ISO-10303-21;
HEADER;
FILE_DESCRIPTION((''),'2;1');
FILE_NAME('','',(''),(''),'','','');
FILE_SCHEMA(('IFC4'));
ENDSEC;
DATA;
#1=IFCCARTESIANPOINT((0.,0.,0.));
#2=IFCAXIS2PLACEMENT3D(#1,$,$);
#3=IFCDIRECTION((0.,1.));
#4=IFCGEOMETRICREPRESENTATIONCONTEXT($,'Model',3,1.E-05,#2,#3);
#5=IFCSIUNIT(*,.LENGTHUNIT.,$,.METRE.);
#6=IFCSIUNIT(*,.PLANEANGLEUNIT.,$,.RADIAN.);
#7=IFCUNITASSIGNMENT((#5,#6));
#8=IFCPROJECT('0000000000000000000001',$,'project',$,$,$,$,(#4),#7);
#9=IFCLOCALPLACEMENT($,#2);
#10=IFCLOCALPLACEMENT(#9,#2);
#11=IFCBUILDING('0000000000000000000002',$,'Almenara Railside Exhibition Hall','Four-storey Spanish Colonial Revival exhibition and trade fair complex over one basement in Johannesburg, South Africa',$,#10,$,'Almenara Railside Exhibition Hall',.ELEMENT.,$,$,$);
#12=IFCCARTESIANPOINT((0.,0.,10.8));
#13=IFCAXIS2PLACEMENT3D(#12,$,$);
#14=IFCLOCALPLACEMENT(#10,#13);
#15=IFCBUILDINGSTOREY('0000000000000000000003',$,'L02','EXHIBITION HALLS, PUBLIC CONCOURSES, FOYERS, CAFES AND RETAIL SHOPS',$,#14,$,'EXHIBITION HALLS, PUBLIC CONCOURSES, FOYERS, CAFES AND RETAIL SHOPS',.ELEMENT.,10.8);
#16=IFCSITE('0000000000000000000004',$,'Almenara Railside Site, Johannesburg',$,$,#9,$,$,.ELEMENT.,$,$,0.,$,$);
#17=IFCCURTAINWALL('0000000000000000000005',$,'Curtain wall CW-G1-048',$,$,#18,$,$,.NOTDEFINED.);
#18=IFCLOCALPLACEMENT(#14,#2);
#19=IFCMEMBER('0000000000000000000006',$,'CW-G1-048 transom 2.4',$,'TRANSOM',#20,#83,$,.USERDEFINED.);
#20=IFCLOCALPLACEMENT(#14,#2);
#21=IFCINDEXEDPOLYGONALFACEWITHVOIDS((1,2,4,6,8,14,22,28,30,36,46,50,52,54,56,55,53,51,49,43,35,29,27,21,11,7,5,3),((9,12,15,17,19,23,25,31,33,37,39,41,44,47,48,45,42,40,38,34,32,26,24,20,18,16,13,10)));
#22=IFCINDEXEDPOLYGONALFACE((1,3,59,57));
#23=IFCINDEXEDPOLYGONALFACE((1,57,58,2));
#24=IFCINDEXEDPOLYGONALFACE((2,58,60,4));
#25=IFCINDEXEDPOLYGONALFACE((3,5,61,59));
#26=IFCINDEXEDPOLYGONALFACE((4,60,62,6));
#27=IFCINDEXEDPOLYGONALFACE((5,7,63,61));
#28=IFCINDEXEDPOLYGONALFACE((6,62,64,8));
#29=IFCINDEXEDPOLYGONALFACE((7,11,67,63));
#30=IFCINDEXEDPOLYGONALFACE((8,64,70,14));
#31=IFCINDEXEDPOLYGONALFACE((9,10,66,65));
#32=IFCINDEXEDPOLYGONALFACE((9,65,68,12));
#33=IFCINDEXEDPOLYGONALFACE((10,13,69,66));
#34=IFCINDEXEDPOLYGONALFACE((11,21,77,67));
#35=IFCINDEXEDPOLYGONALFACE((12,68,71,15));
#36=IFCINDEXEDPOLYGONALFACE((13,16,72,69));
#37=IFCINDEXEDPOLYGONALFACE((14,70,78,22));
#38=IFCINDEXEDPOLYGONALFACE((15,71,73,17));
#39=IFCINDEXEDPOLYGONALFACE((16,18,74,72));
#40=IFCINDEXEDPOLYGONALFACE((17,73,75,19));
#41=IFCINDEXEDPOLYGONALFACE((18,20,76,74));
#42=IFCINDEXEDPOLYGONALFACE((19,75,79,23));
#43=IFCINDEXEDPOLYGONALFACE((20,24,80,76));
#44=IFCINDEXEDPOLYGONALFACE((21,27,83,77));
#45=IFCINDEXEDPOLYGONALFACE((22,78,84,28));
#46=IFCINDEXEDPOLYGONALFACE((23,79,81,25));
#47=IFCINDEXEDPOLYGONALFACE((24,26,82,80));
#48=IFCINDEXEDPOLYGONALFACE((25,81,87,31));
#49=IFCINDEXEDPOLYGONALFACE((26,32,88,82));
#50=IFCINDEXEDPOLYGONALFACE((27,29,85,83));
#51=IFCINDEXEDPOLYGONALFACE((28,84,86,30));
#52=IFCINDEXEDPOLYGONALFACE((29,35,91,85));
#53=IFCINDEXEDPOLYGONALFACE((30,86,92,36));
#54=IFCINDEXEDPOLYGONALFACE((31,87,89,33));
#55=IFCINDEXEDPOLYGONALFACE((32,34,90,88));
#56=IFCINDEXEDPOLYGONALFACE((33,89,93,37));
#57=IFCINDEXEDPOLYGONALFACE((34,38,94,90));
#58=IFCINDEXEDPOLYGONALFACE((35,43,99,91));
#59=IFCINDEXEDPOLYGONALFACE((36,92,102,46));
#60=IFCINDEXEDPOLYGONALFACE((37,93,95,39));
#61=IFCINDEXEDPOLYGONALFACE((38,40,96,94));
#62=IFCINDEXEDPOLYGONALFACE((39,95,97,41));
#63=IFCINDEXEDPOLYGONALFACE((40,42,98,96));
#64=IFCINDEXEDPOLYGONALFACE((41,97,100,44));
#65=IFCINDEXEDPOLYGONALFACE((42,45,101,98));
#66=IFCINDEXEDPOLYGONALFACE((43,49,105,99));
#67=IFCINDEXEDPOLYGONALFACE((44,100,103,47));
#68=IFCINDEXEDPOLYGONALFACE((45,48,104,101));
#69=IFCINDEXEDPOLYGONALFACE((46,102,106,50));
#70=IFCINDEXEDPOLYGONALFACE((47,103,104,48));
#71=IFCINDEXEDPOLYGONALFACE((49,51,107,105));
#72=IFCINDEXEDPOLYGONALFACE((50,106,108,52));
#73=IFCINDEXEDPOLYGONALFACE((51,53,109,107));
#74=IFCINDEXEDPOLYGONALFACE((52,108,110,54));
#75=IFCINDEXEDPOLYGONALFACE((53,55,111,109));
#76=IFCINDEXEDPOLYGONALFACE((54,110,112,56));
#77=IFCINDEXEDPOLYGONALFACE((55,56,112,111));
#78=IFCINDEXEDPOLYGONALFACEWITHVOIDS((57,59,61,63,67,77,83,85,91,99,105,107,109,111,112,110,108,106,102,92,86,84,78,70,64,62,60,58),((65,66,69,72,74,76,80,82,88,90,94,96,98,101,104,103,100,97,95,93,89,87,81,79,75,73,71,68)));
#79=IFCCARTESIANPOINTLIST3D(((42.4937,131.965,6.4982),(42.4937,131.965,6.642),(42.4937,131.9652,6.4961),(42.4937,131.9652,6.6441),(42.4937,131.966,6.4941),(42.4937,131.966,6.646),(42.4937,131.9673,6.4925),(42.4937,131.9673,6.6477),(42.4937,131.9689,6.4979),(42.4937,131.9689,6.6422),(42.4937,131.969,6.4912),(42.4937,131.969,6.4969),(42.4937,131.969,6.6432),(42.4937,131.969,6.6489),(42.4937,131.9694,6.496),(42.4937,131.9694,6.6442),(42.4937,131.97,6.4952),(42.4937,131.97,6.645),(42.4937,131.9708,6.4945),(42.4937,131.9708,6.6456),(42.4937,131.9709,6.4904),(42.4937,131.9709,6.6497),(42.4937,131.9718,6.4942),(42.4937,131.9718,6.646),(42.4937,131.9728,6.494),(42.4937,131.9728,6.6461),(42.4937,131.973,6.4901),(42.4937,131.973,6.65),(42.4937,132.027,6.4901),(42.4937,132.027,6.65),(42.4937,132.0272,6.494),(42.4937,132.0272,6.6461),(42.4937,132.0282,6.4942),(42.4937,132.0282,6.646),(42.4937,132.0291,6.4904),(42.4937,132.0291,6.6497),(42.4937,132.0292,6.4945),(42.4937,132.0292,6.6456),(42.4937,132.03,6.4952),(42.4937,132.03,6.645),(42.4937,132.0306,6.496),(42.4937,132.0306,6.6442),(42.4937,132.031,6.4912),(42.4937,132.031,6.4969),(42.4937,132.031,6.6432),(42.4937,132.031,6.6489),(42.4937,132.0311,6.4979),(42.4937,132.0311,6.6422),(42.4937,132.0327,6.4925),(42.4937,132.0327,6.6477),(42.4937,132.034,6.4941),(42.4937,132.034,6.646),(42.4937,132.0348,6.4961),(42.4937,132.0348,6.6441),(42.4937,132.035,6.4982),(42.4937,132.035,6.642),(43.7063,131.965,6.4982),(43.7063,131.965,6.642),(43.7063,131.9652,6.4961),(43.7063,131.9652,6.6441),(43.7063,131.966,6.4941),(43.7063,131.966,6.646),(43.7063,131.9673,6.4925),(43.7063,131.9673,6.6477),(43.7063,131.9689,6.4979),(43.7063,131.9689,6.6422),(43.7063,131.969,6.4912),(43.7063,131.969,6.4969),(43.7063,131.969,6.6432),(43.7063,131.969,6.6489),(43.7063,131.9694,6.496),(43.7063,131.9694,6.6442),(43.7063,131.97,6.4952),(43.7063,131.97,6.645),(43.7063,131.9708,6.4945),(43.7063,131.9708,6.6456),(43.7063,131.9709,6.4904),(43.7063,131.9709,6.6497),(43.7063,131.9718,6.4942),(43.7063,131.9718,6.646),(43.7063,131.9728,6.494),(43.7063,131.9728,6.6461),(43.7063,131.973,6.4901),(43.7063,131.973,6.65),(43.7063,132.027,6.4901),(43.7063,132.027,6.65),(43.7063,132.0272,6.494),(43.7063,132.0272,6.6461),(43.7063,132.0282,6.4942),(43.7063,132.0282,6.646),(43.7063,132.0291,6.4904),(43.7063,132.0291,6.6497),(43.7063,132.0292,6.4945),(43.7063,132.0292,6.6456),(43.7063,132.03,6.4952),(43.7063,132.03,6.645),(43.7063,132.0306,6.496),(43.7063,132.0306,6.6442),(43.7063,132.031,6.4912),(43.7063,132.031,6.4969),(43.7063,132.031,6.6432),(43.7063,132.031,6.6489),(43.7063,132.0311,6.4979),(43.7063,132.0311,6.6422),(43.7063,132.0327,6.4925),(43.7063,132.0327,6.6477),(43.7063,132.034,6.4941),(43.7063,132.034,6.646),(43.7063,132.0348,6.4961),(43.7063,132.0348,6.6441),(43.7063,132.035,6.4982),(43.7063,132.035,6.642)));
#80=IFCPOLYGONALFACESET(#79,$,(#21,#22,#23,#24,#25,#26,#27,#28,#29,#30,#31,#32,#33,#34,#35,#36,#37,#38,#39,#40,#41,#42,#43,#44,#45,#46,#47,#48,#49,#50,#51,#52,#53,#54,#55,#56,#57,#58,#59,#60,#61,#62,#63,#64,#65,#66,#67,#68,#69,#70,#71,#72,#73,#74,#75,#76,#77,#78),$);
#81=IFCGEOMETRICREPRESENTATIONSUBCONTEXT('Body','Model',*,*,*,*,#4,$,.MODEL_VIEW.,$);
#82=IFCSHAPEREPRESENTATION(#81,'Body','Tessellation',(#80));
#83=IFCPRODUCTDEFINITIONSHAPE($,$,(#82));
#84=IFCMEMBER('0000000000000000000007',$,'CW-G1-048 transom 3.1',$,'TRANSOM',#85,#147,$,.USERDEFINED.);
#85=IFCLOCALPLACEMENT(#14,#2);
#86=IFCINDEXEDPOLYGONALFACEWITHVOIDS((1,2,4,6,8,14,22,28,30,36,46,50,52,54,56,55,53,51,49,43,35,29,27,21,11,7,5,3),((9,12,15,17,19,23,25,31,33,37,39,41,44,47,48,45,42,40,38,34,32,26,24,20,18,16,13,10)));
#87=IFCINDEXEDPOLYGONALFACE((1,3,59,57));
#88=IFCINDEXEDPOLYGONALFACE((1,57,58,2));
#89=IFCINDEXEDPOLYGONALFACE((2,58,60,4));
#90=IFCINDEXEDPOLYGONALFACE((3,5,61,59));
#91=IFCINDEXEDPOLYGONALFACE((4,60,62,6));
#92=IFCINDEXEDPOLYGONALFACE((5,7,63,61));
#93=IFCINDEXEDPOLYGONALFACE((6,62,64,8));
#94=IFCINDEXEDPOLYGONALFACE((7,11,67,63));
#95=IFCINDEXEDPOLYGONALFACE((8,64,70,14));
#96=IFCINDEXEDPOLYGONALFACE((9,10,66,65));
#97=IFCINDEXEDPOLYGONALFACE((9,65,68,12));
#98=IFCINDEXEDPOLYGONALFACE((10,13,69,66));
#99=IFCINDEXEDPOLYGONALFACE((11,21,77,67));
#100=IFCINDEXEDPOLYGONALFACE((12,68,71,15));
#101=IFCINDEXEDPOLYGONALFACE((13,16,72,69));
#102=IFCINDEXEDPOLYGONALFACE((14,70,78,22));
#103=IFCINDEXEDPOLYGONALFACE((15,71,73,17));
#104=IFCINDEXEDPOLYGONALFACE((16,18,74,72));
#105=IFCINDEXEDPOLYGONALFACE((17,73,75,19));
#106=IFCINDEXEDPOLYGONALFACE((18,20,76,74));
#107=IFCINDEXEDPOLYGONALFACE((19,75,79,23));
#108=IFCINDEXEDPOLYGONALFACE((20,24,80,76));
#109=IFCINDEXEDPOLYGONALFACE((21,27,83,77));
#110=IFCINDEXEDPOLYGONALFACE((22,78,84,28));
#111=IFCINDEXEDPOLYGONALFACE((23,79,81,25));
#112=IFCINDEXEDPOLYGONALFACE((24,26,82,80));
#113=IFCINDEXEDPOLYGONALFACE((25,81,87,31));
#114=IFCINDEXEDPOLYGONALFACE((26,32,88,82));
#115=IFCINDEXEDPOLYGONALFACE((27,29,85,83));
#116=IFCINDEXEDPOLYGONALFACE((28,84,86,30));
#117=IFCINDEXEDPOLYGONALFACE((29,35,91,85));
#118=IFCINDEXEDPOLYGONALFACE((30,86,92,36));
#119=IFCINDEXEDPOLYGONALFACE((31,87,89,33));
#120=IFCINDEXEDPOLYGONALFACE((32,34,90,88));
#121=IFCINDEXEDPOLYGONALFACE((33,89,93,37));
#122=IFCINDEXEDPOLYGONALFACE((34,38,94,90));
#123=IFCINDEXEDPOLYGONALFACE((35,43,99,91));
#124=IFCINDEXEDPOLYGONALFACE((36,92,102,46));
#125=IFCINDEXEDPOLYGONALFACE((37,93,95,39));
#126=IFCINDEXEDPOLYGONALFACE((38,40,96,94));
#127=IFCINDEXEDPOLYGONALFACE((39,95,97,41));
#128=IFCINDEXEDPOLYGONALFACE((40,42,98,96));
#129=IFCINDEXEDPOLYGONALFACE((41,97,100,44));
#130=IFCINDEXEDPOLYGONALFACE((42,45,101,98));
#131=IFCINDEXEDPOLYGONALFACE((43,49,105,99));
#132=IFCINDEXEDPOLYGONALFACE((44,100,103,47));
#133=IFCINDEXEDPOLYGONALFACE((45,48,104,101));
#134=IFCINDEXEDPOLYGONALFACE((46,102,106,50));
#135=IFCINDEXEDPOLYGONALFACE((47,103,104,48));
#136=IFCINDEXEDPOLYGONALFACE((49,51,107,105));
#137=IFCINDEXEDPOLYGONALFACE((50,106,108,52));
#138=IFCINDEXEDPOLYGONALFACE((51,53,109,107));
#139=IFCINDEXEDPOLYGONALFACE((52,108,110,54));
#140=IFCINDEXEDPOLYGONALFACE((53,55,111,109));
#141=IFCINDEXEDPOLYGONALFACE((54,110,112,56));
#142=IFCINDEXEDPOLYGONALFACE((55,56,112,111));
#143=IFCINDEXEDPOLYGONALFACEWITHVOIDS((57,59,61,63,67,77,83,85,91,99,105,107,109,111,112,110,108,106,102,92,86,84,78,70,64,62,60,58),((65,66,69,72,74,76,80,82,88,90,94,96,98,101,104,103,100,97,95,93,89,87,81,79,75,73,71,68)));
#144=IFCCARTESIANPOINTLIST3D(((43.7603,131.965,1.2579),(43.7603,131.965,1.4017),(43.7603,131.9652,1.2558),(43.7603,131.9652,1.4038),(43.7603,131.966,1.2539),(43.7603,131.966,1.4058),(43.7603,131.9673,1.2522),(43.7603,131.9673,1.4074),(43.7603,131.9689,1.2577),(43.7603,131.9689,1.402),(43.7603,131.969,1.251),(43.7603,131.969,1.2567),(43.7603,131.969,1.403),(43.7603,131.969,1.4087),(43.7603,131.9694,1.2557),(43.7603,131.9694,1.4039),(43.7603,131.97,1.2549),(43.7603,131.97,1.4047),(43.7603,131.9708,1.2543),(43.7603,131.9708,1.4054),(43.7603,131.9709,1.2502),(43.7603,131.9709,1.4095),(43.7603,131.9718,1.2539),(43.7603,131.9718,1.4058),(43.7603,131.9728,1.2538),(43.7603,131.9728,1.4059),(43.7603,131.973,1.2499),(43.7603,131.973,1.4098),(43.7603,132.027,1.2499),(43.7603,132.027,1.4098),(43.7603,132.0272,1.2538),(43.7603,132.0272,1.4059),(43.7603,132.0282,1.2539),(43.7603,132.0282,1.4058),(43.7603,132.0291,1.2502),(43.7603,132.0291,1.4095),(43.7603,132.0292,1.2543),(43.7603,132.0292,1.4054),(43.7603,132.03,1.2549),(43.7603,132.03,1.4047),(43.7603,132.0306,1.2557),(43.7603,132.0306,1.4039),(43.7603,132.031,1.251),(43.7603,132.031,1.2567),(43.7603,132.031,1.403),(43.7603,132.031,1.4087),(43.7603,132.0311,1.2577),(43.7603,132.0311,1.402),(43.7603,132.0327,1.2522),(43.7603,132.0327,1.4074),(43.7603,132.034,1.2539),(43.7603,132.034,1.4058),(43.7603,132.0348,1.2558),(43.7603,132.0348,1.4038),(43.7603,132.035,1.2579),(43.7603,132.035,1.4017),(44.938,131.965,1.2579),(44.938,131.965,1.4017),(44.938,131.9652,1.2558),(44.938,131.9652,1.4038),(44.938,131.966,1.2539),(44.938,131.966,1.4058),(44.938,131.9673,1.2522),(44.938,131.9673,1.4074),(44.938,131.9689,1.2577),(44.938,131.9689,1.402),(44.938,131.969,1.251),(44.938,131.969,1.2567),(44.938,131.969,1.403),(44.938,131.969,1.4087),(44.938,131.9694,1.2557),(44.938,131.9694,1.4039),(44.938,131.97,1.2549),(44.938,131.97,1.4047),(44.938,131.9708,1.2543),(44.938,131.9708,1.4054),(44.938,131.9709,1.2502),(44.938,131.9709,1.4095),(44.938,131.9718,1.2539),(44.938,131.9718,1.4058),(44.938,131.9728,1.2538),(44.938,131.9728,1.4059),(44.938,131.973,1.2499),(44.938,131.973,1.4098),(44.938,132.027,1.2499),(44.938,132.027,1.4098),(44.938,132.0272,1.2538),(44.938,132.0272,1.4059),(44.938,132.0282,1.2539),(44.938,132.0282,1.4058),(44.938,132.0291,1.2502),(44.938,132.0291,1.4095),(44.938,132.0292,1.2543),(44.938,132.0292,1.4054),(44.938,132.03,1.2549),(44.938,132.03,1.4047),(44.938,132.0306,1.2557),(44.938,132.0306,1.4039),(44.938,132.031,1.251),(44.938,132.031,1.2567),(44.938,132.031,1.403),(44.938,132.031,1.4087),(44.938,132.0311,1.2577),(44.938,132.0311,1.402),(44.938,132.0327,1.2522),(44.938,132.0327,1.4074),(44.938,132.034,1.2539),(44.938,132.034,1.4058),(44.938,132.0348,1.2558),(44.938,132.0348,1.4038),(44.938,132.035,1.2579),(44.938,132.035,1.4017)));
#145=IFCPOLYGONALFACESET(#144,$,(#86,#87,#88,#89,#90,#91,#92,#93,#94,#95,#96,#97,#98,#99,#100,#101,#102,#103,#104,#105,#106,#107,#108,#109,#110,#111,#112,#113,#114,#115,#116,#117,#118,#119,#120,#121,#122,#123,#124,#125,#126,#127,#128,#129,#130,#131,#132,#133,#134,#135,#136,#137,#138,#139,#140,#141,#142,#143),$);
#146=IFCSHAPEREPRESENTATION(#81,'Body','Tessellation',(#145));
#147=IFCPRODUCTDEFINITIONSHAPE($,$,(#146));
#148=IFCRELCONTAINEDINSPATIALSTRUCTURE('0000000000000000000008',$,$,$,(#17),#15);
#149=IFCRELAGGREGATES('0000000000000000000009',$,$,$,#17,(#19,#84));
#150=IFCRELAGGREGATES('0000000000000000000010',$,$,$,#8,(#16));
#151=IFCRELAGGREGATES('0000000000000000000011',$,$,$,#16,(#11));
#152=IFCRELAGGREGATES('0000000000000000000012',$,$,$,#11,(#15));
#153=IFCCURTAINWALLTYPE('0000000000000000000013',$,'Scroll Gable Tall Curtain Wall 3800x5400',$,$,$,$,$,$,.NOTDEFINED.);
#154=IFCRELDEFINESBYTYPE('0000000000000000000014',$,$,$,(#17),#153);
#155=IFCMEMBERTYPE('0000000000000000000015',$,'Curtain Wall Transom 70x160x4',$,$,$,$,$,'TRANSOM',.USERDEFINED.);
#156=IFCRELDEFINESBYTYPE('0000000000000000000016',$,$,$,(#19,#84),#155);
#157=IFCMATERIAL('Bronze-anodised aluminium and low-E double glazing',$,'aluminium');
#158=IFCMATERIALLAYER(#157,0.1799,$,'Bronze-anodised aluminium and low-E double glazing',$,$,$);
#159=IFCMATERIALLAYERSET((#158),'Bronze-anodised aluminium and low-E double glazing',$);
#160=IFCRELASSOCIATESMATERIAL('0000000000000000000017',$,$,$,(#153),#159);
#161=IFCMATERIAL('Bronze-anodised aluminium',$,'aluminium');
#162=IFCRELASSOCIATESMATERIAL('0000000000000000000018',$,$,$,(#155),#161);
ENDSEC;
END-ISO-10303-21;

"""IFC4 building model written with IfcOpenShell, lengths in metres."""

from ifc_helpers import new_model, si_unit, direction, frame, origin, origin_2d, place, context, subcontext, project, spatial, hollow_rectangle, extrude, material, layer, layer_set, material_profile, profile_set, type_object, element, aggregate, save


model = new_model("IFC4")

# Units and contexts
model_context = context("Model", 3, precision=1e-05, world=origin(), true_north=direction((0.0, 1.0)))
body_context = subcontext(model_context, "Body", "Model", "MODEL_VIEW")
ifc_project = project(units=[si_unit("LENGTHUNIT", "METRE"), si_unit("PLANEANGLEUNIT", "RADIAN")], contexts=[model_context])

# Site, building, storey
site_placement = place(None, origin())
site = spatial("IfcSite", under=ifc_project, at=site_placement, Name="Almenara Railside Site, Johannesburg", CompositionType="ELEMENT", RefElevation=0.0)
building_placement = place(site_placement, origin())
building = spatial("IfcBuilding", under=site, at=building_placement, Name="Almenara Railside Exhibition Hall", Description="Four-storey Spanish Colonial Revival exhibition and trade fair complex over one basement in Johannesburg, South Africa", LongName="Almenara Railside Exhibition Hall", CompositionType="ELEMENT")
storey_placement = place(building_placement, frame((0.0, 0.0, 10.8)))
storey = spatial("IfcBuildingStorey", under=building, at=storey_placement, Name="L02", Description="EXHIBITION HALLS, PUBLIC CONCOURSES, FOYERS, CAFES AND RETAIL SHOPS", LongName="EXHIBITION HALLS, PUBLIC CONCOURSES, FOYERS, CAFES AND RETAIL SHOPS", CompositionType="ELEMENT", Elevation=10.8)

# Curtain wall
ifc_material_1 = material(Name="Bronze-anodised aluminium and low-E double glazing", Category="aluminium")
ifc_layer_1 = layer(ifc_material_1, 0.1799, Name="Bronze-anodised aluminium and low-E double glazing")
ifc_layer_set_1 = layer_set([ifc_layer_1], Name="Bronze-anodised aluminium and low-E double glazing")
curtain_wall_type = type_object("IfcCurtainWallType", Name="Scroll Gable Tall Curtain Wall 3800x5400", PredefinedType="NOTDEFINED", material=ifc_layer_set_1)
ifc_material_2 = material(Name="Bronze-anodised aluminium", Category="aluminium")
curtain_wall_1_placement = place(storey_placement, origin())
curtain_wall_1 = element("IfcCurtainWall", 1, at=curtain_wall_1_placement, inside=storey, type_object=curtain_wall_type, Name="Curtain wall CW-G1-048", PredefinedType="NOTDEFINED")

# Members
ifc_material_profile_1 = material_profile(ifc_material_2, hollow_rectangle(XDim=0.0701, YDim=0.1599, WallThickness=0.0039, InnerFilletRadius=0.0039, OuterFilletRadius=0.0081, at=origin_2d()), Name="ALU-TRN 70x160x4")
ifc_profile_set_1 = profile_set([ifc_material_profile_1], Name="Bronze-anodised aluminium")
member_type_1 = type_object("IfcMemberType", Name="Curtain Wall Transom 70x160x4", ElementType="TRANSOM", PredefinedType="USERDEFINED", material=ifc_profile_set_1)
member_1_placement = place(storey_placement, frame((42.4937, 132.0, 6.5701), z_axis=(1.0, 0.0, 0.0), x_axis=(0.0, 1.0, 0.0)))
member_1 = element("IfcMember", 2, at=member_1_placement, type_object=member_type_1, Name="CW-G1-048 transom 2.4", ObjectType="TRANSOM", PredefinedType="USERDEFINED", context=body_context, shape_type="SweptSolid", body=[
    extrude(hollow_rectangle(XDim=0.0701, YDim=0.1599, WallThickness=0.0039, InnerFilletRadius=0.0039, OuterFilletRadius=0.0081, at=origin_2d()), origin(), (0.0, 0.0, 1.0), 1.2126),
])
member_2_placement = place(storey_placement, frame((43.7603, 132.0, 1.3298), z_axis=(1.0, 0.0, 0.0), x_axis=(0.0, 1.0, 0.0)))
member_2 = element("IfcMember", 3, at=member_2_placement, type_object=member_type_1, Name="CW-G1-048 transom 3.1", ObjectType="TRANSOM", PredefinedType="USERDEFINED", context=body_context, shape_type="SweptSolid", body=[
    extrude(hollow_rectangle(XDim=0.0701, YDim=0.1599, WallThickness=0.0039, InnerFilletRadius=0.0039, OuterFilletRadius=0.0081, at=origin_2d()), origin(), (0.0, 0.0, 1.0), 1.1777),
])

aggregate(curtain_wall_1, [member_1, member_2])

save(model, "model.ifc")
